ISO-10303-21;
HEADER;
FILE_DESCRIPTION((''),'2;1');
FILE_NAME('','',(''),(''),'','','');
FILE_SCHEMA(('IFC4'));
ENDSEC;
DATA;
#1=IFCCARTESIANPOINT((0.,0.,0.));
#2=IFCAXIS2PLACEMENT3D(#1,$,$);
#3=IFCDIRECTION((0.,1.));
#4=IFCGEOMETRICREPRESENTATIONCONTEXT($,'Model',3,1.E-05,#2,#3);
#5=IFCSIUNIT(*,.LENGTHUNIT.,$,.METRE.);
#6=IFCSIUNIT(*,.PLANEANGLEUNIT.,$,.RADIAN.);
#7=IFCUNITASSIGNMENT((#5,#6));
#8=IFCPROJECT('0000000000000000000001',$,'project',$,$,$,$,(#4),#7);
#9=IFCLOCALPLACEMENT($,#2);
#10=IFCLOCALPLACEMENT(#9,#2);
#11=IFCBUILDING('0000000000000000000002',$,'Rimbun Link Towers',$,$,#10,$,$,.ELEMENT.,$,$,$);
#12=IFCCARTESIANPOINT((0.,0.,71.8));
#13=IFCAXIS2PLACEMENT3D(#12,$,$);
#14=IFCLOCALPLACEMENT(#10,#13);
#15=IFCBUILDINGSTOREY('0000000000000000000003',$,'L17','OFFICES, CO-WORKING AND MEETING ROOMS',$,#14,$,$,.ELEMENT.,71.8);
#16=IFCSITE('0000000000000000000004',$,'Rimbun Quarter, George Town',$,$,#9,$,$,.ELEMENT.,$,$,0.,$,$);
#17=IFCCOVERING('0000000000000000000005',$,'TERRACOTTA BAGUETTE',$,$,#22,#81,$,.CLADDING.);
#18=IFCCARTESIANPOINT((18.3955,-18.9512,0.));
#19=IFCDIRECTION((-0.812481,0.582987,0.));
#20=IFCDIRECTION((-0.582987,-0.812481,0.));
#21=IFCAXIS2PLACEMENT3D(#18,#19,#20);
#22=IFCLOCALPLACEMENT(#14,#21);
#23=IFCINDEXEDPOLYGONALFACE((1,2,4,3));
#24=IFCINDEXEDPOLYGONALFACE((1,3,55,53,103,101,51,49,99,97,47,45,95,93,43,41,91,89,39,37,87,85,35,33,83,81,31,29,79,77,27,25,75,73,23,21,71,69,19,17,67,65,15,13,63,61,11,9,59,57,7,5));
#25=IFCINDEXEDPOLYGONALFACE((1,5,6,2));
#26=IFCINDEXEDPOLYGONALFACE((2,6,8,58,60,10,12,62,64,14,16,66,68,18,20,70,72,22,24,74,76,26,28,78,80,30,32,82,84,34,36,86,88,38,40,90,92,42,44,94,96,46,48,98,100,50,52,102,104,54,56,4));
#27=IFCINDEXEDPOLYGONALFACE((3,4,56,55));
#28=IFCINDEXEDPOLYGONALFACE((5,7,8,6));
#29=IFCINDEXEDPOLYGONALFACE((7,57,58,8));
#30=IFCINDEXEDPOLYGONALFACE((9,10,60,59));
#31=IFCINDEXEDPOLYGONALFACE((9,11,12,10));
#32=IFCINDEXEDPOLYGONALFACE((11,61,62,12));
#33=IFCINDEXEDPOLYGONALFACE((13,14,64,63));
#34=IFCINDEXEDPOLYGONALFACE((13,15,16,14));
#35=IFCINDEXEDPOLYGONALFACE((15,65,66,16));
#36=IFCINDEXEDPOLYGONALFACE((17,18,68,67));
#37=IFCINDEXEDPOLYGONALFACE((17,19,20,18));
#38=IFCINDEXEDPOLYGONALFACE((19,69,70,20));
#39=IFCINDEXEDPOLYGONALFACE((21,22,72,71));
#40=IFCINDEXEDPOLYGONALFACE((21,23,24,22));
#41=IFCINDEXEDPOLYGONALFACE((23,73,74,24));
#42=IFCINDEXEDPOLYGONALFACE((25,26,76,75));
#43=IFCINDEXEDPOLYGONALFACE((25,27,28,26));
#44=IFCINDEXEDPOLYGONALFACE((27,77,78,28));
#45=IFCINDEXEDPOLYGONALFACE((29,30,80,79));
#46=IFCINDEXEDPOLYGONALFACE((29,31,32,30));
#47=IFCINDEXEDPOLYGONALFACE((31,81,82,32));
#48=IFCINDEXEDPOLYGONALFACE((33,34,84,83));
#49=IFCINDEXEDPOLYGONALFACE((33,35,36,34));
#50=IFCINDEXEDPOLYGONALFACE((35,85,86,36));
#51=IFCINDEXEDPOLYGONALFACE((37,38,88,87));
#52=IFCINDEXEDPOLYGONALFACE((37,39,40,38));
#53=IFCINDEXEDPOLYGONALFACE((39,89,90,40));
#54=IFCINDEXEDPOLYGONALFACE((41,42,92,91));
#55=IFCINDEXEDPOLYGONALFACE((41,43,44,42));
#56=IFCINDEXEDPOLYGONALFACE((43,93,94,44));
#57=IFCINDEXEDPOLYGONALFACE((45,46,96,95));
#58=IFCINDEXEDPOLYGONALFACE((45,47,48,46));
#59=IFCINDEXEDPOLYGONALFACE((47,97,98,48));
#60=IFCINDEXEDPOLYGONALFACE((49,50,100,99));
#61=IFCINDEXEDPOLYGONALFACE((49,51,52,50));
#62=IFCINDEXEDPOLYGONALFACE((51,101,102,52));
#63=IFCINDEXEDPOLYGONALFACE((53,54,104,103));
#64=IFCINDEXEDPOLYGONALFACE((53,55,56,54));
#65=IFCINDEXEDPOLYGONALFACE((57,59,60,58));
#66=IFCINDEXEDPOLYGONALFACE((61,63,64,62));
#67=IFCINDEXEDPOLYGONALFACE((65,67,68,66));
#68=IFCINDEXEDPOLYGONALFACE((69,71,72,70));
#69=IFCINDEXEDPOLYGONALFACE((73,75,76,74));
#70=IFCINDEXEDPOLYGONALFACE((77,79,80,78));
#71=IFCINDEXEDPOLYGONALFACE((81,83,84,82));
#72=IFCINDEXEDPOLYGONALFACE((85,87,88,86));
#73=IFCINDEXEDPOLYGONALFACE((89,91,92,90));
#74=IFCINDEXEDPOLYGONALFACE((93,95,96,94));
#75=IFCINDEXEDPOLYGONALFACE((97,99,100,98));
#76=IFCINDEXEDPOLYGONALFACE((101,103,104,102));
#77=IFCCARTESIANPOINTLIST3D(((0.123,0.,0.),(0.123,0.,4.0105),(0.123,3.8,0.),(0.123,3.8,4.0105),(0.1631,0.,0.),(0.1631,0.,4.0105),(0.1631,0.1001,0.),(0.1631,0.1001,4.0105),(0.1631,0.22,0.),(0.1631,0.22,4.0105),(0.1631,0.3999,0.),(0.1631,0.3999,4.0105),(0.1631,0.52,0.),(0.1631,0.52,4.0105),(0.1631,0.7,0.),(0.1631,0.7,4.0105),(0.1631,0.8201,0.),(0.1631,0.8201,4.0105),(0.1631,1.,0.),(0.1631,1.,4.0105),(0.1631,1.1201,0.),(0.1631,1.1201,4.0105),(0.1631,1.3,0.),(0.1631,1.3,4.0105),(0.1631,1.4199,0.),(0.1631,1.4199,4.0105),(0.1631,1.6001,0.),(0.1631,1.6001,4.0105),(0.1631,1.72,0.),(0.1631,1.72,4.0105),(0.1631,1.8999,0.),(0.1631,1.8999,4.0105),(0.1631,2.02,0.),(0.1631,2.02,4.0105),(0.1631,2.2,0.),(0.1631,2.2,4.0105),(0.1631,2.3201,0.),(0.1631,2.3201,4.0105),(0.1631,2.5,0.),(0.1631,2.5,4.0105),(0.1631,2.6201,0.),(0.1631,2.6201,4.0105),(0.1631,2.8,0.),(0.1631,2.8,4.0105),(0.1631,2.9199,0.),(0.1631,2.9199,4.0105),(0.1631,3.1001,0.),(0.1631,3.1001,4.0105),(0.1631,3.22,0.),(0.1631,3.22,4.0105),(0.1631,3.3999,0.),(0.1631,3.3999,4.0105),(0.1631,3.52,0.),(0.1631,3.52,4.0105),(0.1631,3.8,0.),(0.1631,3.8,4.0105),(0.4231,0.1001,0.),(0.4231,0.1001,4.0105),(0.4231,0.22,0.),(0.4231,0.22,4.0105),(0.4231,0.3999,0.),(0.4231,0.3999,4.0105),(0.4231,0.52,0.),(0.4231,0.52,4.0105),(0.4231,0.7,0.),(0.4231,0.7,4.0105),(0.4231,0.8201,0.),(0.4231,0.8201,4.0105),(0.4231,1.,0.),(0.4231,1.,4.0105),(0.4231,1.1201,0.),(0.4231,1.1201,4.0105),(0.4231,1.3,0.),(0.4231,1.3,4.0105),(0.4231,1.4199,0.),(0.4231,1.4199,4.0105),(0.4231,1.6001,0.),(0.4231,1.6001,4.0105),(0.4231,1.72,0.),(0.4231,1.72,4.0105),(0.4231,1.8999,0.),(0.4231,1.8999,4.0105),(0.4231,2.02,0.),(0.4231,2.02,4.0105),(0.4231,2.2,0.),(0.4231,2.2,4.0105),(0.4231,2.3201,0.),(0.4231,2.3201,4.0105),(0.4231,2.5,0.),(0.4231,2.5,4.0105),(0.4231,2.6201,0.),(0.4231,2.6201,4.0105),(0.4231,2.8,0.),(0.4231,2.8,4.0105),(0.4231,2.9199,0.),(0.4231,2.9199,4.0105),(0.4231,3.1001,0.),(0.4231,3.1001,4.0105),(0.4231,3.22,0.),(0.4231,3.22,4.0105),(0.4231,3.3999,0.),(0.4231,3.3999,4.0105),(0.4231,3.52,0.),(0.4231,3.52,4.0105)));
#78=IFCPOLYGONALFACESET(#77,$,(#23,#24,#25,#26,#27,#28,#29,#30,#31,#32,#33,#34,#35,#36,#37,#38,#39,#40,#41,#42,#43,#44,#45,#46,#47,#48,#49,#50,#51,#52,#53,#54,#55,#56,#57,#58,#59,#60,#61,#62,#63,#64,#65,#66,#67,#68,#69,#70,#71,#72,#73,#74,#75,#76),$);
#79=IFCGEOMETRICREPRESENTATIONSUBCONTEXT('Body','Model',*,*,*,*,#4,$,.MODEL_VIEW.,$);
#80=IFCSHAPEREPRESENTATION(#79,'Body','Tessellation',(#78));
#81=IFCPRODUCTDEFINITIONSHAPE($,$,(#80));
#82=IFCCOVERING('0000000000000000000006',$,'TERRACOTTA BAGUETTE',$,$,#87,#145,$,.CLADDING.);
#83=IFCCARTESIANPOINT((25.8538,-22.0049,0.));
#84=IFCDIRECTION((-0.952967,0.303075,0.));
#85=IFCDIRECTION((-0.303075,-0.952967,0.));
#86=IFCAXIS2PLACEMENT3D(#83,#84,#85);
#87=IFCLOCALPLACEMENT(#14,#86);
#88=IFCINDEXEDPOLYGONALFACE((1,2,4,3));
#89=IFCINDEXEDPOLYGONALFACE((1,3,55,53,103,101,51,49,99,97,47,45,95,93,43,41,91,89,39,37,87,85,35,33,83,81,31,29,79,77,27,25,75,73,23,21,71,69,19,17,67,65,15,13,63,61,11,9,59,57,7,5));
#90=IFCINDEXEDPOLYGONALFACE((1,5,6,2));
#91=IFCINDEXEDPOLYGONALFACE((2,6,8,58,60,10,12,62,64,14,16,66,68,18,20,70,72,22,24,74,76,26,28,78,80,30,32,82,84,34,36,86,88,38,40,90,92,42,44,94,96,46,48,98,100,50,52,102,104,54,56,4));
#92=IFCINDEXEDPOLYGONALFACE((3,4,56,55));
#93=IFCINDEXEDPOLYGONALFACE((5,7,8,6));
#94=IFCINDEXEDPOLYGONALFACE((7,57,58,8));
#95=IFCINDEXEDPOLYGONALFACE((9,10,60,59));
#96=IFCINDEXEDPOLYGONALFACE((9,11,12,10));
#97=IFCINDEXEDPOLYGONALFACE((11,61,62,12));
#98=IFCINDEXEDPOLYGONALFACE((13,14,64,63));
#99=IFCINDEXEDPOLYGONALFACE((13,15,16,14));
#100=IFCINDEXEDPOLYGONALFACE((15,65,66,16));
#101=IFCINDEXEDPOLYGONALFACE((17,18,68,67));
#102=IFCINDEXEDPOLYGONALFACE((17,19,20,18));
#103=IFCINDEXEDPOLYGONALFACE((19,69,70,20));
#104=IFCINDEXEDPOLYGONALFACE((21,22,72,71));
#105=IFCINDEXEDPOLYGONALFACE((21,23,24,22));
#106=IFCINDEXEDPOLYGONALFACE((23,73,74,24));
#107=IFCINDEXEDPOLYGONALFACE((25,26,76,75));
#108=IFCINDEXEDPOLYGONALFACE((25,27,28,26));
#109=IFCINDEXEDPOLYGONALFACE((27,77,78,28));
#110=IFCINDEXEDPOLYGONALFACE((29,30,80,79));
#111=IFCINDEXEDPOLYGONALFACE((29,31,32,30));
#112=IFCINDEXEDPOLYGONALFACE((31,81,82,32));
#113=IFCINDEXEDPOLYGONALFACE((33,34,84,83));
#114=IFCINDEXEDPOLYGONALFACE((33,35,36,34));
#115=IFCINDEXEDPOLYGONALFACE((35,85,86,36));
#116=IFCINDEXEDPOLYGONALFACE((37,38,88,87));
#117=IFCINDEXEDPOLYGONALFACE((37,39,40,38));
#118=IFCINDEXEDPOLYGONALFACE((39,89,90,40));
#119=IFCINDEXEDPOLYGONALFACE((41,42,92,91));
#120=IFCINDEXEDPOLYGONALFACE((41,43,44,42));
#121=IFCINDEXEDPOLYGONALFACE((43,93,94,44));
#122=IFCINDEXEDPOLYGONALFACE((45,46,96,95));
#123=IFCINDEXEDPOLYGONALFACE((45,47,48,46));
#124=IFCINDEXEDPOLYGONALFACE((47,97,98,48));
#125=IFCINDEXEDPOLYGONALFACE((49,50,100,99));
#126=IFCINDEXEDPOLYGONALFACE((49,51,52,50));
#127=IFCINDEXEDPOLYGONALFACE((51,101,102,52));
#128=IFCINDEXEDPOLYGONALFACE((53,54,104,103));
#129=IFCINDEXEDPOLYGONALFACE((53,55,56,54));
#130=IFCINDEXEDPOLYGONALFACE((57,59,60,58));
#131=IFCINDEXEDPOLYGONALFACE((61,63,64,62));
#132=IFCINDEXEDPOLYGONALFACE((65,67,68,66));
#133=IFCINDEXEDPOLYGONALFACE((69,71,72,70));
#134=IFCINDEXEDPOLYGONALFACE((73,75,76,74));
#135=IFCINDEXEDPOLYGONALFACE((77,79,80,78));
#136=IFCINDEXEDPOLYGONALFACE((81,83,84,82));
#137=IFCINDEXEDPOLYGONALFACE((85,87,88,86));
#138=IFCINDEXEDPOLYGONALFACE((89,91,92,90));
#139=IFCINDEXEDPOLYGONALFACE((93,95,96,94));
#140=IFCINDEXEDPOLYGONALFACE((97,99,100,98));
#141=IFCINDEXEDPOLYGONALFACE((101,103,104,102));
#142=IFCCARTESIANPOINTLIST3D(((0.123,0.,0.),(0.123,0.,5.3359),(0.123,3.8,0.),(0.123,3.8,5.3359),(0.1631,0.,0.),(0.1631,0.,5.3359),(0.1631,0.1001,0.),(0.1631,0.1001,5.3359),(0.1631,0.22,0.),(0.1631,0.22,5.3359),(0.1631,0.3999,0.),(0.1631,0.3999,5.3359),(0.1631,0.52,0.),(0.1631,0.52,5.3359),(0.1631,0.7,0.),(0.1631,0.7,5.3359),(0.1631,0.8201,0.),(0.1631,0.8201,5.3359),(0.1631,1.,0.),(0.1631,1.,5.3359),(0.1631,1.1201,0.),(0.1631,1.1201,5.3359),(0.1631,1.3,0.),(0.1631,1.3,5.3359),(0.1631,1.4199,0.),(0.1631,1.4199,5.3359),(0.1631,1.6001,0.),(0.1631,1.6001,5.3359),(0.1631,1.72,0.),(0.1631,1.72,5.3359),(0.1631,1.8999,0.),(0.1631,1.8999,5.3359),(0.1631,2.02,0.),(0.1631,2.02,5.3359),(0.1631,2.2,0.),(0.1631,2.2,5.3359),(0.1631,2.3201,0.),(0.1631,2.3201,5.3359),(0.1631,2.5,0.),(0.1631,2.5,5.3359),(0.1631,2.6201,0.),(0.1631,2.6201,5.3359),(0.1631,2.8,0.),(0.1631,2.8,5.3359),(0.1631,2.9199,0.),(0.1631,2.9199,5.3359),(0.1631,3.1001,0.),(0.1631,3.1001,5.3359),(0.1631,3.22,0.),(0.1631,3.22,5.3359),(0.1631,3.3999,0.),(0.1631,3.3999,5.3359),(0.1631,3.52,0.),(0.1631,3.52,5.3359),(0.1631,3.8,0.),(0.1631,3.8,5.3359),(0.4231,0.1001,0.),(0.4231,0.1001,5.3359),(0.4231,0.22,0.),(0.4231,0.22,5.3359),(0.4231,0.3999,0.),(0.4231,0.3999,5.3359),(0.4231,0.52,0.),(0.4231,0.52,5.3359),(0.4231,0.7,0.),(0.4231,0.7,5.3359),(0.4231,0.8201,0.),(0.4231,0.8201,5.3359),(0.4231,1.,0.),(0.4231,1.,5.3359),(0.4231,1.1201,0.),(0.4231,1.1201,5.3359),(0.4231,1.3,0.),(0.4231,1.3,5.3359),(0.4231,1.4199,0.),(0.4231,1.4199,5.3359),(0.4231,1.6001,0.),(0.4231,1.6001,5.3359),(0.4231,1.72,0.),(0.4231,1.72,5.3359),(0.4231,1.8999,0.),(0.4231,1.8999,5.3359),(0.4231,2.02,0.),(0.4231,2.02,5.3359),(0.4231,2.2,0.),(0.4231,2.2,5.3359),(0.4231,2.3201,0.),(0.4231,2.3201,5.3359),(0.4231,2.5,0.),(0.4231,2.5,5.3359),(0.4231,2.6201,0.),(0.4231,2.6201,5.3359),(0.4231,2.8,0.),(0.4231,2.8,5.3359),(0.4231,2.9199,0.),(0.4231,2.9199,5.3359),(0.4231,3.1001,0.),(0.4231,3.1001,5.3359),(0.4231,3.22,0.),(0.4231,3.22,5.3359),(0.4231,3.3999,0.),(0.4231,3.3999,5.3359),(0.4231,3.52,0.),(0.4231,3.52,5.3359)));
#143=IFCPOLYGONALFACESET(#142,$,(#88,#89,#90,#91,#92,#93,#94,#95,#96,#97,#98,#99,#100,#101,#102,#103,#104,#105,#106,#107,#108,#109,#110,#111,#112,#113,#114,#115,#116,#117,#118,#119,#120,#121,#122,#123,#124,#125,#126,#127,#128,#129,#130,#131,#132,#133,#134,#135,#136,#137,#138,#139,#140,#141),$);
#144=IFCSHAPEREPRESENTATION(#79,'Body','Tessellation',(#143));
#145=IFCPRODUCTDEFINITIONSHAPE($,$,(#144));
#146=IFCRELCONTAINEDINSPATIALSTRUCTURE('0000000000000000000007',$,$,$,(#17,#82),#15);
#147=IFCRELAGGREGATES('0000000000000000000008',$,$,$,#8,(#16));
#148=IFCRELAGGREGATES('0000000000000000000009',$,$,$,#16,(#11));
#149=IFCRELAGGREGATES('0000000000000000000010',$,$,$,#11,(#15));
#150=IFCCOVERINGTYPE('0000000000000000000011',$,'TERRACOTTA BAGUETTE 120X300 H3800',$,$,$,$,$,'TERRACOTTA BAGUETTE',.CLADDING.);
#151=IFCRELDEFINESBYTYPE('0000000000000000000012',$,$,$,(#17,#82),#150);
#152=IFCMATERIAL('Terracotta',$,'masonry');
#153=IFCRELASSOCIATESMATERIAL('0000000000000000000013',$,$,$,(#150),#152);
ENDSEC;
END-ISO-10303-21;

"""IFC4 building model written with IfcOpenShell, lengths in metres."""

from ifc_helpers import new_model, si_unit, direction, frame, origin, place, context, subcontext, project, spatial, polyline, outline, extrude, material, material_profile, profile_set, type_object, element, save


model = new_model("IFC4")

# Units and contexts
model_context = context("Model", 3, precision=1e-05, world=origin(), true_north=direction((0.0, 1.0)))
body_context = subcontext(model_context, "Body", "Model", "MODEL_VIEW")
ifc_project = project(units=[si_unit("LENGTHUNIT", "METRE"), si_unit("PLANEANGLEUNIT", "RADIAN")], contexts=[model_context])

# Site, building, storey
site_placement = place(None, origin())
site = spatial("IfcSite", under=ifc_project, at=site_placement, Name="Rimbun Quarter, George Town", CompositionType="ELEMENT", RefElevation=0.0)
building_placement = place(site_placement, origin())
building = spatial("IfcBuilding", under=site, at=building_placement, Name="Rimbun Link Towers", CompositionType="ELEMENT")
storey_placement = place(building_placement, frame((0.0, 0.0, 71.8)))
storey = spatial("IfcBuildingStorey", under=building, at=storey_placement, Name="L17", Description="OFFICES, CO-WORKING AND MEETING ROOMS", CompositionType="ELEMENT", Elevation=71.8)

# Coverings
ifc_material_1 = material(Name="Terracotta", Category="masonry")
ifc_material_profile_1 = material_profile(ifc_material_1, outline(polyline([(0.123, 0.0), (0.1631, 0.0), (0.1631, 0.1001), (0.4231, 0.1001), (0.4231, 0.22), (0.1631, 0.22), (0.1631, 0.3999), (0.4231, 0.3999), (0.4231, 0.52), (0.1631, 0.52), (0.1631, 0.7), (0.4231, 0.7), (0.4231, 0.8201), (0.1631, 0.8201), (0.1631, 1.0), (0.4231, 1.0), (0.4231, 1.1201), (0.1631, 1.1201), (0.1631, 1.3), (0.4231, 1.3), (0.4231, 1.4199), (0.1631, 1.4199), (0.1631, 1.6001), (0.4231, 1.6001), (0.4231, 1.72), (0.1631, 1.72), (0.1631, 1.8999), (0.4231, 1.8999), (0.4231, 2.02), (0.1631, 2.02), (0.1631, 2.2), (0.4231, 2.2), (0.4231, 2.3201), (0.1631, 2.3201), (0.1631, 2.5), (0.4231, 2.5), (0.4231, 2.6201), (0.1631, 2.6201), (0.1631, 2.8), (0.4231, 2.8), (0.4231, 2.9199), (0.1631, 2.9199), (0.1631, 3.1001), (0.4231, 3.1001), (0.4231, 3.22), (0.1631, 3.22), (0.1631, 3.3999), (0.4231, 3.3999), (0.4231, 3.52), (0.1631, 3.52), (0.1631, 3.8), (0.123, 3.8), (0.123, 0.0)])), Name="BAGUETTE 120X300")
ifc_profile_set_1 = profile_set([ifc_material_profile_1], Name="Terracotta")
covering_type = type_object("IfcCoveringType", Name="TERRACOTTA BAGUETTE 120X300 H3800", ElementType="TERRACOTTA BAGUETTE", PredefinedType="CLADDING", material=ifc_profile_set_1)
covering_1_placement = place(storey_placement, frame((18.3955, -18.9512, 0.0), z_axis=(-0.812481, 0.582987, 0.0), x_axis=(-0.582987, -0.812481, 0.0)))
element("IfcCovering", 1, at=covering_1_placement, inside=storey, type_object=covering_type, Name="TERRACOTTA BAGUETTE", PredefinedType="CLADDING", context=body_context, shape_type="SweptSolid", body=[
    extrude(outline(polyline([(0.123, 0.0), (0.1631, 0.0), (0.1631, 0.1001), (0.4231, 0.1001), (0.4231, 0.22), (0.1631, 0.22), (0.1631, 0.3999), (0.4231, 0.3999), (0.4231, 0.52), (0.1631, 0.52), (0.1631, 0.7), (0.4231, 0.7), (0.4231, 0.8201), (0.1631, 0.8201), (0.1631, 1.0), (0.4231, 1.0), (0.4231, 1.1201), (0.1631, 1.1201), (0.1631, 1.3), (0.4231, 1.3), (0.4231, 1.4199), (0.1631, 1.4199), (0.1631, 1.6001), (0.4231, 1.6001), (0.4231, 1.72), (0.1631, 1.72), (0.1631, 1.8999), (0.4231, 1.8999), (0.4231, 2.02), (0.1631, 2.02), (0.1631, 2.2), (0.4231, 2.2), (0.4231, 2.3201), (0.1631, 2.3201), (0.1631, 2.5), (0.4231, 2.5), (0.4231, 2.6201), (0.1631, 2.6201), (0.1631, 2.8), (0.4231, 2.8), (0.4231, 2.9199), (0.1631, 2.9199), (0.1631, 3.1001), (0.4231, 3.1001), (0.4231, 3.22), (0.1631, 3.22), (0.1631, 3.3999), (0.4231, 3.3999), (0.4231, 3.52), (0.1631, 3.52), (0.1631, 3.8), (0.123, 3.8), (0.123, 0.0)])), origin(), (0.0, 0.0, 1.0), 4.0105),
])
covering_2_placement = place(storey_placement, frame((25.8538, -22.0049, 0.0), z_axis=(-0.952967, 0.303075, 0.0), x_axis=(-0.303075, -0.952967, 0.0)))
element("IfcCovering", 2, at=covering_2_placement, inside=storey, type_object=covering_type, Name="TERRACOTTA BAGUETTE", PredefinedType="CLADDING", context=body_context, shape_type="SweptSolid", body=[
    extrude(outline(polyline([(0.123, 0.0), (0.1631, 0.0), (0.1631, 0.1001), (0.4231, 0.1001), (0.4231, 0.22), (0.1631, 0.22), (0.1631, 0.3999), (0.4231, 0.3999), (0.4231, 0.52), (0.1631, 0.52), (0.1631, 0.7), (0.4231, 0.7), (0.4231, 0.8201), (0.1631, 0.8201), (0.1631, 1.0), (0.4231, 1.0), (0.4231, 1.1201), (0.1631, 1.1201), (0.1631, 1.3), (0.4231, 1.3), (0.4231, 1.4199), (0.1631, 1.4199), (0.1631, 1.6001), (0.4231, 1.6001), (0.4231, 1.72), (0.1631, 1.72), (0.1631, 1.8999), (0.4231, 1.8999), (0.4231, 2.02), (0.1631, 2.02), (0.1631, 2.2), (0.4231, 2.2), (0.4231, 2.3201), (0.1631, 2.3201), (0.1631, 2.5), (0.4231, 2.5), (0.4231, 2.6201), (0.1631, 2.6201), (0.1631, 2.8), (0.4231, 2.8), (0.4231, 2.9199), (0.1631, 2.9199), (0.1631, 3.1001), (0.4231, 3.1001), (0.4231, 3.22), (0.1631, 3.22), (0.1631, 3.3999), (0.4231, 3.3999), (0.4231, 3.52), (0.1631, 3.52), (0.1631, 3.8), (0.123, 3.8), (0.123, 0.0)])), origin(), (0.0, 0.0, 1.0), 5.3359),
])

save(model, "model.ifc")
